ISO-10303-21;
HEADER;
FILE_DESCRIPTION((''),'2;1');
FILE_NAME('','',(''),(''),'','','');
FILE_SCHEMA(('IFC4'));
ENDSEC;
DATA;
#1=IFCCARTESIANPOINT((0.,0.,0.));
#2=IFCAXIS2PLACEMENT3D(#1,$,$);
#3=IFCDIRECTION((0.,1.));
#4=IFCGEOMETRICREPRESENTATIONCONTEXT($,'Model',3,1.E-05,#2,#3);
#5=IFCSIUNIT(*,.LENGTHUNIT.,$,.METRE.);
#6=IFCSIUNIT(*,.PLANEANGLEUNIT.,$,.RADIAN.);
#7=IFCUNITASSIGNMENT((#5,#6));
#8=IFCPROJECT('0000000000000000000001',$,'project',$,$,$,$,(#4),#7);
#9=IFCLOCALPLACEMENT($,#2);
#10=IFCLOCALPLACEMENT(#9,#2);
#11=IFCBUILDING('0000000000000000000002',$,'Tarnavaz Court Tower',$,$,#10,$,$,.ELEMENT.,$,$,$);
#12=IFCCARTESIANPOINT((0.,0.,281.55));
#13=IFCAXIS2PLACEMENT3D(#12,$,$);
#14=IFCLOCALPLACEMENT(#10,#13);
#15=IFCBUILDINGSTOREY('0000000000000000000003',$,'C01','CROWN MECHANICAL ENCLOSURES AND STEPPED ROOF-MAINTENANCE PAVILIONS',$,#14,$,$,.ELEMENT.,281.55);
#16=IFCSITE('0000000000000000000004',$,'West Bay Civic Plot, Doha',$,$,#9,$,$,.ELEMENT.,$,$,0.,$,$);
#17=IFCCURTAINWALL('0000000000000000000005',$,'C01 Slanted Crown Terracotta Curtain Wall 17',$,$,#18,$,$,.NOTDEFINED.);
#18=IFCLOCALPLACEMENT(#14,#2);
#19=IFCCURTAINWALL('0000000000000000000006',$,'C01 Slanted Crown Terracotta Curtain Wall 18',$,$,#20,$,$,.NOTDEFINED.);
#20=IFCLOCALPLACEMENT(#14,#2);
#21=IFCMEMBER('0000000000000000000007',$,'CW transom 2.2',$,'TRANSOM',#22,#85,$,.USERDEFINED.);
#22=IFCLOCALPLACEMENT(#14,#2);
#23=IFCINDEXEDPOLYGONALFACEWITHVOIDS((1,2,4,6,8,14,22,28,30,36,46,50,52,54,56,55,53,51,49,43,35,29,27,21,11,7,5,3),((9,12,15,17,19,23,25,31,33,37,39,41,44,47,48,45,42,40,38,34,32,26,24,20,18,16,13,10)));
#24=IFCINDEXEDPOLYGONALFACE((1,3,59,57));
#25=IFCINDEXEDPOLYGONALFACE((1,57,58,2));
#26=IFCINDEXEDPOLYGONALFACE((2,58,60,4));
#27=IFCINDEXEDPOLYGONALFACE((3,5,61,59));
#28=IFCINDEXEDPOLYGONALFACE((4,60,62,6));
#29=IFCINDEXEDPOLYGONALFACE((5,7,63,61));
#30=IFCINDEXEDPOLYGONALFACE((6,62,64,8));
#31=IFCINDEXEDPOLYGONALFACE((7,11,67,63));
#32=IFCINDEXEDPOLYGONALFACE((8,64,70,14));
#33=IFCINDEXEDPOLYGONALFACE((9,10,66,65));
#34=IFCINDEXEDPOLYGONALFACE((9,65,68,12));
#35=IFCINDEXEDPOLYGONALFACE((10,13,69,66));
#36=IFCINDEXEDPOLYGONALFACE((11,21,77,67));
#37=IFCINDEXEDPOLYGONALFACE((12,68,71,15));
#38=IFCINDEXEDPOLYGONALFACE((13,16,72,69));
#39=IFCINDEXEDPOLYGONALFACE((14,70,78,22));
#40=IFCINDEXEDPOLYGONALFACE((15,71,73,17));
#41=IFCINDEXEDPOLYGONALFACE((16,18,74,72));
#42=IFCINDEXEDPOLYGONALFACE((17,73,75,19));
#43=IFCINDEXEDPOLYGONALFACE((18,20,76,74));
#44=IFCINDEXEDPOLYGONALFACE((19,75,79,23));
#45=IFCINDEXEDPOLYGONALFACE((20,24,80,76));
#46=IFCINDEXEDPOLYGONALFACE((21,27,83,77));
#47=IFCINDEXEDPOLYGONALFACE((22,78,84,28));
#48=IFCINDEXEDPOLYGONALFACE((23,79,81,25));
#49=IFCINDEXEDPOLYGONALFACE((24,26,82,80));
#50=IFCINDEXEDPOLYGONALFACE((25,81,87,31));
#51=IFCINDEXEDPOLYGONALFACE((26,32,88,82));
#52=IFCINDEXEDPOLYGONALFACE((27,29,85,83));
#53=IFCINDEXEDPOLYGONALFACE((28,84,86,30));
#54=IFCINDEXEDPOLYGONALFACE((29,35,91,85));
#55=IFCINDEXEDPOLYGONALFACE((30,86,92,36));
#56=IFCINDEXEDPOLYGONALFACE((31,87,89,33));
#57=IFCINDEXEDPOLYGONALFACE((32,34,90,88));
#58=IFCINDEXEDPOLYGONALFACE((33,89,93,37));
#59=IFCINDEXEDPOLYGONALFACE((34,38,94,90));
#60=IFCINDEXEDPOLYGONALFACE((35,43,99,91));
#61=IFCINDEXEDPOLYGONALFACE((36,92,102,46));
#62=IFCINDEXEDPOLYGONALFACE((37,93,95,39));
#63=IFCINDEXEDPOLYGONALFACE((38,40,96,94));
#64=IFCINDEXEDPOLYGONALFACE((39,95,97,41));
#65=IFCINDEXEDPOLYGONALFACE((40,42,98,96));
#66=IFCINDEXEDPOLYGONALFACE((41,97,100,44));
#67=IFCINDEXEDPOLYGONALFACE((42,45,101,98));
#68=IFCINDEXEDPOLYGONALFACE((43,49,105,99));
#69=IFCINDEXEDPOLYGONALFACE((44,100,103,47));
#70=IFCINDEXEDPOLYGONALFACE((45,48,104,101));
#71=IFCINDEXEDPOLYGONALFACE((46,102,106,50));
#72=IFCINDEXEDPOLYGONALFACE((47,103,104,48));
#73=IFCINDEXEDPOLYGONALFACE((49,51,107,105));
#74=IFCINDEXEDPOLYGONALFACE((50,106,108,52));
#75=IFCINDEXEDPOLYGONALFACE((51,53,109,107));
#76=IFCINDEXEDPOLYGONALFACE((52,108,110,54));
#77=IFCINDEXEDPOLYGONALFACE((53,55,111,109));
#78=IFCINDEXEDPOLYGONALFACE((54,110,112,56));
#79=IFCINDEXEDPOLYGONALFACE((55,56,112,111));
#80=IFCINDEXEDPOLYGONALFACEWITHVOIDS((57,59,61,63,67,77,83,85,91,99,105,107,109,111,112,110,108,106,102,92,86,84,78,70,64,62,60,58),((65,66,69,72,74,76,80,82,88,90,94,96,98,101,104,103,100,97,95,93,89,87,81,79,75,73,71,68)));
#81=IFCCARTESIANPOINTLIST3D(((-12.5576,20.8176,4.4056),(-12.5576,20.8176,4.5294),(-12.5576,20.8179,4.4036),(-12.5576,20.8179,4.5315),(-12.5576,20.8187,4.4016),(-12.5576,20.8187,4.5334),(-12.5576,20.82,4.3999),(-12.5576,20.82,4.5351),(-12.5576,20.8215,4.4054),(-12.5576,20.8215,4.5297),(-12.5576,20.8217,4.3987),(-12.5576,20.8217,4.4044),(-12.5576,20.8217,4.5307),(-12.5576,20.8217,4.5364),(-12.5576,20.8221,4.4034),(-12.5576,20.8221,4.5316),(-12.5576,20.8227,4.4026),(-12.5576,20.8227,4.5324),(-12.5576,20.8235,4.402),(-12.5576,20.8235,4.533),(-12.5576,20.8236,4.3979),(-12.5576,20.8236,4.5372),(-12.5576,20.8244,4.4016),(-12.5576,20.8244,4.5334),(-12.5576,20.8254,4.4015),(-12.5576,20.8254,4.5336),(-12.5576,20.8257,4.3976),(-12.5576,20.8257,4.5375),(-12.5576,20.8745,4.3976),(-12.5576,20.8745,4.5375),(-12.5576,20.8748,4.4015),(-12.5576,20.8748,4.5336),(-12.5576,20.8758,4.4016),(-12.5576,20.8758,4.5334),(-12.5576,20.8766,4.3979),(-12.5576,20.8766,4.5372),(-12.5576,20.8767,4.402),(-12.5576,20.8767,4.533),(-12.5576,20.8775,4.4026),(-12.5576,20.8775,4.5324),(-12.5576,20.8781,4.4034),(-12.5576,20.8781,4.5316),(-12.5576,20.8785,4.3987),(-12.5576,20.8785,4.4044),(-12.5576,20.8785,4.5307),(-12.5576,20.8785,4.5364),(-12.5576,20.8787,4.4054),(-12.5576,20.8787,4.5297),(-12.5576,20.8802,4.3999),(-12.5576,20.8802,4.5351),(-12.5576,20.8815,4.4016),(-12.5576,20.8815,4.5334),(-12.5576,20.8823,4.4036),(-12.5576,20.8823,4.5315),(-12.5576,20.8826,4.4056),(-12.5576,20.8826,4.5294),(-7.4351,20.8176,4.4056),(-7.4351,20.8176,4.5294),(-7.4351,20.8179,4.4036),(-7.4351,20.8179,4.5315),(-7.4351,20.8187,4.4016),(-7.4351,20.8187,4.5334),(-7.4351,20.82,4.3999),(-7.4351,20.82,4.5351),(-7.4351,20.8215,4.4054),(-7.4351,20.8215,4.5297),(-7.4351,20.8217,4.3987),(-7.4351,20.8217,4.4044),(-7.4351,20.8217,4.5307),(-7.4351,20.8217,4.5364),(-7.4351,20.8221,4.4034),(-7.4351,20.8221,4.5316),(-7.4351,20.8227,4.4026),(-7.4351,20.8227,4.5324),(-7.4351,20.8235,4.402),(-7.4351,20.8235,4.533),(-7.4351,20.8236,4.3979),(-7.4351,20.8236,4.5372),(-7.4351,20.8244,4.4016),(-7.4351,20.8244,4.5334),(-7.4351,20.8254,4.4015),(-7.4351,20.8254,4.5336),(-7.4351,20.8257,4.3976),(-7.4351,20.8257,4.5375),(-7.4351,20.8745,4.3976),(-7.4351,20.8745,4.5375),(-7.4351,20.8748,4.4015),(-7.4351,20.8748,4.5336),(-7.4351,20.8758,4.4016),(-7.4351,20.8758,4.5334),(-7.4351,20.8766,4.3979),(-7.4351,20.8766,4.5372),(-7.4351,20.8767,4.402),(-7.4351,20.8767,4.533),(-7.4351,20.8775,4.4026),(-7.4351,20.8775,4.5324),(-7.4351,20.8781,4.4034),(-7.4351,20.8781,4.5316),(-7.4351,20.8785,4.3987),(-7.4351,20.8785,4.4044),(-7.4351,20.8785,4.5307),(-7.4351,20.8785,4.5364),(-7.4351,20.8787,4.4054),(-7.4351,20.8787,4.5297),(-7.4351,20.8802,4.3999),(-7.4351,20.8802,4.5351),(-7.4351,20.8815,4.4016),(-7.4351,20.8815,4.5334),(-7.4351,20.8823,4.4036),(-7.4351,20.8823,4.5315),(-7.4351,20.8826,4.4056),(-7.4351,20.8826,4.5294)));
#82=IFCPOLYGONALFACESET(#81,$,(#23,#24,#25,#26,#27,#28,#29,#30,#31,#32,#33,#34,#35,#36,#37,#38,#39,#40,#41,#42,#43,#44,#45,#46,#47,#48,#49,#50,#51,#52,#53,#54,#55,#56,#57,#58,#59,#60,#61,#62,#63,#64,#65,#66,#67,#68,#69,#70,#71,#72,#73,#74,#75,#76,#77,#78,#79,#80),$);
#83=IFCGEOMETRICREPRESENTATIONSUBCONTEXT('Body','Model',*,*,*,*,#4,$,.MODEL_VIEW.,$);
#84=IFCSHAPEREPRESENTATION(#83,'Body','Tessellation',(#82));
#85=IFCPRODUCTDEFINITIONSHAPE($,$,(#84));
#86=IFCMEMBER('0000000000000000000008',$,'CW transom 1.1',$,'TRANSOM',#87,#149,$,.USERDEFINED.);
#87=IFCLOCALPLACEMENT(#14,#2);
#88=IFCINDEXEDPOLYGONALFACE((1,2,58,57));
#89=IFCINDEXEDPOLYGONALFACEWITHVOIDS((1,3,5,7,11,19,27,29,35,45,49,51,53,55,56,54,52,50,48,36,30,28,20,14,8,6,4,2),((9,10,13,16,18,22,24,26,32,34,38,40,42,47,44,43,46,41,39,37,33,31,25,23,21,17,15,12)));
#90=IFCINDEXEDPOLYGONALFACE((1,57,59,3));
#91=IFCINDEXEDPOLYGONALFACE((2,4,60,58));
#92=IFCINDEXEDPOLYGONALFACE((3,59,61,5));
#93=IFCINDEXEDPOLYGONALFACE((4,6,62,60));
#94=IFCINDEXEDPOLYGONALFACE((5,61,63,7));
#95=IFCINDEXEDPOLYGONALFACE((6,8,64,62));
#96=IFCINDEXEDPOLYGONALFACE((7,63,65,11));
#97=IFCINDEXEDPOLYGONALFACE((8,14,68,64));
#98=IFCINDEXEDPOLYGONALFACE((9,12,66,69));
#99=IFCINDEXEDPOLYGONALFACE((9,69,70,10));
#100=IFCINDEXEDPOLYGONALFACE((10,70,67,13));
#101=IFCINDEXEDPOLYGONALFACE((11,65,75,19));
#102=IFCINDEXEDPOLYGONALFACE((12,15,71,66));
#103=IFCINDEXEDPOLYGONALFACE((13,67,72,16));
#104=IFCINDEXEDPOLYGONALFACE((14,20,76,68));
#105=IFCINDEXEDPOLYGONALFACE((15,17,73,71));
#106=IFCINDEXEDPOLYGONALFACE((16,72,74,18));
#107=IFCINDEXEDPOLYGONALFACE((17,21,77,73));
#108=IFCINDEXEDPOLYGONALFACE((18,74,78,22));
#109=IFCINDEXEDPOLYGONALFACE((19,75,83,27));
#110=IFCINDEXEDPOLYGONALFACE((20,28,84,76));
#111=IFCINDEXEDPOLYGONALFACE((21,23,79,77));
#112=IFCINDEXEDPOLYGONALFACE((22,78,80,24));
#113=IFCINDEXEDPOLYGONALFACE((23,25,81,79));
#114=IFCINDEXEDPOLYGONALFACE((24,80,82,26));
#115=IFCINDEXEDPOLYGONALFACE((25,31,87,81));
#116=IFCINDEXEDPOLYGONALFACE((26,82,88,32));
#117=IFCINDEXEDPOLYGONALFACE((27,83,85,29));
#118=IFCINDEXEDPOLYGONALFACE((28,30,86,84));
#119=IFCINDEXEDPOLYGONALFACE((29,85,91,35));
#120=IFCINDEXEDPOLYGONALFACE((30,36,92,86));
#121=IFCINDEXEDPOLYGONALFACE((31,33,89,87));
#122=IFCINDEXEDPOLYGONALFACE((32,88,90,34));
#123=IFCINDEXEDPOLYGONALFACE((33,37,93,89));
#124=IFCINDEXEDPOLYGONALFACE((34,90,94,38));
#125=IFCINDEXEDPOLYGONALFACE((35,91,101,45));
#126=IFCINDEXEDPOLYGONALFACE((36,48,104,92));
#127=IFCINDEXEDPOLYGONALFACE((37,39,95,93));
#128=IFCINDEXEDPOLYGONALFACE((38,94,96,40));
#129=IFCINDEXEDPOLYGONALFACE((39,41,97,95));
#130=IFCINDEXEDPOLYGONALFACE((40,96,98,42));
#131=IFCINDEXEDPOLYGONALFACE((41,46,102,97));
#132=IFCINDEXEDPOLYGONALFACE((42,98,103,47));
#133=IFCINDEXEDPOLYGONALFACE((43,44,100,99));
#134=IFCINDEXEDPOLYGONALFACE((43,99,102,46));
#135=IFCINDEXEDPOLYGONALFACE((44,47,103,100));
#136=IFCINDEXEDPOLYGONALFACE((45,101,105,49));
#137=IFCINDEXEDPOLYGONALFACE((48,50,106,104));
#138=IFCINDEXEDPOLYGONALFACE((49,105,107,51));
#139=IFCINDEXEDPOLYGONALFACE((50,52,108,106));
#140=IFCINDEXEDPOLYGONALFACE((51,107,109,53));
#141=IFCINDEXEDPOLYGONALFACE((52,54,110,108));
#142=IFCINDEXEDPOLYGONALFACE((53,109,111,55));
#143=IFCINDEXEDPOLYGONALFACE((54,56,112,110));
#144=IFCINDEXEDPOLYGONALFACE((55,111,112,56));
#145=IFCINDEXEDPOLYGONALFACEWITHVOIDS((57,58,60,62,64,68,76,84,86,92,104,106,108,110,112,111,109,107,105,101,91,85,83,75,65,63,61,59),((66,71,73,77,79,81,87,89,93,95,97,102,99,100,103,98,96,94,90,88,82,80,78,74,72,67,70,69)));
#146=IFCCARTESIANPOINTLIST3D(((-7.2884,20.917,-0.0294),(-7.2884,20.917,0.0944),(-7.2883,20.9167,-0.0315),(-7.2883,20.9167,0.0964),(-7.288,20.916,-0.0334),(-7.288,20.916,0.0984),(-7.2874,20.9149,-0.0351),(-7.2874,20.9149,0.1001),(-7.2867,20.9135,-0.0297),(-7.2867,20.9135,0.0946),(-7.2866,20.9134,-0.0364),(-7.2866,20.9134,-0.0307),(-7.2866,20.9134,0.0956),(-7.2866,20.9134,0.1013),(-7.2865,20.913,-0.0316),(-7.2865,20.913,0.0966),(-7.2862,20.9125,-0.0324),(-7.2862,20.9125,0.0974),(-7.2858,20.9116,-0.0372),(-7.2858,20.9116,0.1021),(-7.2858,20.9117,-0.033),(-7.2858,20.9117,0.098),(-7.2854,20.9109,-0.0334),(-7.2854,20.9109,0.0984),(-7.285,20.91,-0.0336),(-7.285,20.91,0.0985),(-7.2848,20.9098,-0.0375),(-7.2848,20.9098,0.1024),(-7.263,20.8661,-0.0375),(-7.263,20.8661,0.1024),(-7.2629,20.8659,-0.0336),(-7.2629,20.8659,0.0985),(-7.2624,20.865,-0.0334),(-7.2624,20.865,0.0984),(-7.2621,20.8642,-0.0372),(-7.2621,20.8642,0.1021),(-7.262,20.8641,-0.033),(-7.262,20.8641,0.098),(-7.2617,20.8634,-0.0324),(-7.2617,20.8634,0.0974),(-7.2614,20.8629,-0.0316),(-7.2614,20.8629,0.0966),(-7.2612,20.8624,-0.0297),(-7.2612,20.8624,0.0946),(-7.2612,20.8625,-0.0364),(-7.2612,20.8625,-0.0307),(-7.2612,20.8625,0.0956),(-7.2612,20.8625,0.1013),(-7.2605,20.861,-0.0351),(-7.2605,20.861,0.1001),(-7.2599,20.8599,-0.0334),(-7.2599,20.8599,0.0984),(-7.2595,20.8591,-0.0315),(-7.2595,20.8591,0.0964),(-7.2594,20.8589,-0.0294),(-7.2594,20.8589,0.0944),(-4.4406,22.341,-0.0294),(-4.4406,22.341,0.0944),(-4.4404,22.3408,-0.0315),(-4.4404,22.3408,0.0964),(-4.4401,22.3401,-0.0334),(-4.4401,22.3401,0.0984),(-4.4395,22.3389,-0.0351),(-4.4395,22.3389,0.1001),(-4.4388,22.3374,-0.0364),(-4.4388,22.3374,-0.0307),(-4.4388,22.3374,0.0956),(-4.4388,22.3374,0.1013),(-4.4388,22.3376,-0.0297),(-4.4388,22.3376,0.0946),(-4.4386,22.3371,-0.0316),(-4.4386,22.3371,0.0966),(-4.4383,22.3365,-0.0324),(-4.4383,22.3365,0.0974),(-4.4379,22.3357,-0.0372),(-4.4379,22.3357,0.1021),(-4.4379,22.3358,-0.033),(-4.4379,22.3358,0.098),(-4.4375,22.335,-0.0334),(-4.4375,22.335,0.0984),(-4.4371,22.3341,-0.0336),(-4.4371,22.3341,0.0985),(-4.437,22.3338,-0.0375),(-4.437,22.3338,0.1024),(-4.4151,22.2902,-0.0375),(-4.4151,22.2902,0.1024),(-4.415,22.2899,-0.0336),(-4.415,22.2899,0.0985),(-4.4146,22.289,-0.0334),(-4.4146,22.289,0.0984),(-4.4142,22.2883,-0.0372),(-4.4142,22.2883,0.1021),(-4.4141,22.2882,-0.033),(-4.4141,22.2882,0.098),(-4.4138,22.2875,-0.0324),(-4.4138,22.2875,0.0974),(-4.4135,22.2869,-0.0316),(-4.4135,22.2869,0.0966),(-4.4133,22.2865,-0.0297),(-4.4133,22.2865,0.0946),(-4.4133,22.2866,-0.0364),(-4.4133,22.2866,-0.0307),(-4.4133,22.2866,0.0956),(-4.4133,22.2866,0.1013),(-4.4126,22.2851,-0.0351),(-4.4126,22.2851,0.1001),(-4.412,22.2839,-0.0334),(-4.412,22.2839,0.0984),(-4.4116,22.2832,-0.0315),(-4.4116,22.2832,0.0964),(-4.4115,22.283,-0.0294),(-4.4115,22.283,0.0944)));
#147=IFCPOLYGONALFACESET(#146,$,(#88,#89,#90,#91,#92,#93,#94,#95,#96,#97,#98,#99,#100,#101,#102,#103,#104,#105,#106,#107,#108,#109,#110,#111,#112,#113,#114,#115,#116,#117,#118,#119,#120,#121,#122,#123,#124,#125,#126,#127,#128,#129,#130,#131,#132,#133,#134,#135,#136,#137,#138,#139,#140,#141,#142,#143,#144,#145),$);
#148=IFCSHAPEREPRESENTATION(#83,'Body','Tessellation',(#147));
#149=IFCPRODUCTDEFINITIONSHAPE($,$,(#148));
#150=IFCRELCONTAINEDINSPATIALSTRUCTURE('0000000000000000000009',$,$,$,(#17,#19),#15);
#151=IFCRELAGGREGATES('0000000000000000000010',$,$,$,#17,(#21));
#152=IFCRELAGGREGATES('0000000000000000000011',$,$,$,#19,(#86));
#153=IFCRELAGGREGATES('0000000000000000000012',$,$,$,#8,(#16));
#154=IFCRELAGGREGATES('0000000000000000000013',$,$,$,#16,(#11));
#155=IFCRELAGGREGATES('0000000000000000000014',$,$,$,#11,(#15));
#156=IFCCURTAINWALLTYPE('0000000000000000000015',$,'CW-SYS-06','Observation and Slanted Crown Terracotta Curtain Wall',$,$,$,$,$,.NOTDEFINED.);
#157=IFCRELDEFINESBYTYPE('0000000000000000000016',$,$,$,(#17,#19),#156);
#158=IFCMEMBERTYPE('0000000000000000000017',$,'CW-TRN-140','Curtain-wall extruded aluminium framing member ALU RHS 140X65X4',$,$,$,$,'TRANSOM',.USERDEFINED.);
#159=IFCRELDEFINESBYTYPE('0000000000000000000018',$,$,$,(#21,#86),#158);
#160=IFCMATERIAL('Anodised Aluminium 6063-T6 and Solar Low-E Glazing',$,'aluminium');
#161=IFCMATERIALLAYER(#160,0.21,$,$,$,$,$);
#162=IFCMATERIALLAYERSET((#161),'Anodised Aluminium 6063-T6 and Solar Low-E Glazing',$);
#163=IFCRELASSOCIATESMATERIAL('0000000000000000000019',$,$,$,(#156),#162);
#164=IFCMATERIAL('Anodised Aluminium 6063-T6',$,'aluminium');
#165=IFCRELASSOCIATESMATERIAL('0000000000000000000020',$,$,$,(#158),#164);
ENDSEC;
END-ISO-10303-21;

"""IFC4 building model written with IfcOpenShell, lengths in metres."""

from ifc_helpers import new_model, si_unit, direction, frame, origin, origin_2d, place, context, subcontext, project, spatial, hollow_rectangle, extrude, material, layer, layer_set, material_profile, profile_set, type_object, element, aggregate, save


model = new_model("IFC4")

# Units and contexts
model_context = context("Model", 3, precision=1e-05, world=origin(), true_north=direction((0.0, 1.0)))
body_context = subcontext(model_context, "Body", "Model", "MODEL_VIEW")
ifc_project = project(units=[si_unit("LENGTHUNIT", "METRE"), si_unit("PLANEANGLEUNIT", "RADIAN")], contexts=[model_context])

# Site, building, storey
site_placement = place(None, origin())
site = spatial("IfcSite", under=ifc_project, at=site_placement, Name="West Bay Civic Plot, Doha", CompositionType="ELEMENT", RefElevation=0.0)
building_placement = place(site_placement, origin())
building = spatial("IfcBuilding", under=site, at=building_placement, Name="Tarnavaz Court Tower", CompositionType="ELEMENT")
storey_placement = place(building_placement, frame((0.0, 0.0, 281.55)))
storey = spatial("IfcBuildingStorey", under=building, at=storey_placement, Name="C01", Description="CROWN MECHANICAL ENCLOSURES AND STEPPED ROOF-MAINTENANCE PAVILIONS", CompositionType="ELEMENT", Elevation=281.55)

# Shared definitions
ifc_material_1 = material(Name="Anodised Aluminium 6063-T6 and Solar Low-E Glazing", Category="aluminium")
ifc_layer_1 = layer(ifc_material_1, 0.21)
ifc_layer_set_1 = layer_set([ifc_layer_1], Name="Anodised Aluminium 6063-T6 and Solar Low-E Glazing")
curtain_wall_type = type_object("IfcCurtainWallType", Name="CW-SYS-06", Description="Observation and Slanted Crown Terracotta Curtain Wall", PredefinedType="NOTDEFINED", material=ifc_layer_set_1)
ifc_material_2 = material(Name="Anodised Aluminium 6063-T6", Category="aluminium")

# Curtain walls
curtain_wall_1_placement = place(storey_placement, origin())
curtain_wall_1 = element("IfcCurtainWall", 1, at=curtain_wall_1_placement, inside=storey, type_object=curtain_wall_type, Name="C01 Slanted Crown Terracotta Curtain Wall 17", PredefinedType="NOTDEFINED")
curtain_wall_2_placement = place(storey_placement, origin())
curtain_wall_2 = element("IfcCurtainWall", 2, at=curtain_wall_2_placement, inside=storey, type_object=curtain_wall_type, Name="C01 Slanted Crown Terracotta Curtain Wall 18", PredefinedType="NOTDEFINED")

# Members
ifc_material_profile_1 = material_profile(ifc_material_2, hollow_rectangle(XDim=0.0649, YDim=0.1399, WallThickness=0.0039, InnerFilletRadius=0.0039, OuterFilletRadius=0.0081, at=origin_2d()), Name="ALU RHS 140X65X4")
ifc_profile_set_1 = profile_set([ifc_material_profile_1], Name="Anodised Aluminium 6063-T6")
member_type_1 = type_object("IfcMemberType", Name="CW-TRN-140", Description="Curtain-wall extruded aluminium framing member ALU RHS 140X65X4", ElementType="TRANSOM", PredefinedType="USERDEFINED", material=ifc_profile_set_1)
member_1_placement = place(storey_placement, frame((-12.5576, 20.8501, 4.4675), z_axis=(1.0, 0.0, 0.0), x_axis=(0.0, 1.0, 0.0)))
member_1 = element("IfcMember", 3, at=member_1_placement, type_object=member_type_1, Name="CW transom 2.2", ObjectType="TRANSOM", PredefinedType="USERDEFINED", context=body_context, shape_type="SweptSolid", body=[
    extrude(hollow_rectangle(XDim=0.0649, YDim=0.1399, WallThickness=0.0039, InnerFilletRadius=0.0039, OuterFilletRadius=0.0081, at=origin_2d()), origin(), (0.0, 0.0, 1.0), 5.1226),
])
member_2_placement = place(storey_placement, frame((-7.2739, 20.8879, 0.0325), z_axis=(0.894412, 0.447244, 0.0), x_axis=(-0.447244, 0.894412, 0.0)))
member_2 = element("IfcMember", 4, at=member_2_placement, type_object=member_type_1, Name="CW transom 1.1", ObjectType="TRANSOM", PredefinedType="USERDEFINED", context=body_context, shape_type="SweptSolid", body=[
    extrude(hollow_rectangle(XDim=0.0649, YDim=0.1399, WallThickness=0.0039, InnerFilletRadius=0.0039, OuterFilletRadius=0.0081, at=origin_2d()), origin(), (0.0, 0.0, 1.0), 3.1841),
])

aggregate(curtain_wall_1, [member_1])
aggregate(curtain_wall_2, [member_2])

save(model, "model.ifc")
